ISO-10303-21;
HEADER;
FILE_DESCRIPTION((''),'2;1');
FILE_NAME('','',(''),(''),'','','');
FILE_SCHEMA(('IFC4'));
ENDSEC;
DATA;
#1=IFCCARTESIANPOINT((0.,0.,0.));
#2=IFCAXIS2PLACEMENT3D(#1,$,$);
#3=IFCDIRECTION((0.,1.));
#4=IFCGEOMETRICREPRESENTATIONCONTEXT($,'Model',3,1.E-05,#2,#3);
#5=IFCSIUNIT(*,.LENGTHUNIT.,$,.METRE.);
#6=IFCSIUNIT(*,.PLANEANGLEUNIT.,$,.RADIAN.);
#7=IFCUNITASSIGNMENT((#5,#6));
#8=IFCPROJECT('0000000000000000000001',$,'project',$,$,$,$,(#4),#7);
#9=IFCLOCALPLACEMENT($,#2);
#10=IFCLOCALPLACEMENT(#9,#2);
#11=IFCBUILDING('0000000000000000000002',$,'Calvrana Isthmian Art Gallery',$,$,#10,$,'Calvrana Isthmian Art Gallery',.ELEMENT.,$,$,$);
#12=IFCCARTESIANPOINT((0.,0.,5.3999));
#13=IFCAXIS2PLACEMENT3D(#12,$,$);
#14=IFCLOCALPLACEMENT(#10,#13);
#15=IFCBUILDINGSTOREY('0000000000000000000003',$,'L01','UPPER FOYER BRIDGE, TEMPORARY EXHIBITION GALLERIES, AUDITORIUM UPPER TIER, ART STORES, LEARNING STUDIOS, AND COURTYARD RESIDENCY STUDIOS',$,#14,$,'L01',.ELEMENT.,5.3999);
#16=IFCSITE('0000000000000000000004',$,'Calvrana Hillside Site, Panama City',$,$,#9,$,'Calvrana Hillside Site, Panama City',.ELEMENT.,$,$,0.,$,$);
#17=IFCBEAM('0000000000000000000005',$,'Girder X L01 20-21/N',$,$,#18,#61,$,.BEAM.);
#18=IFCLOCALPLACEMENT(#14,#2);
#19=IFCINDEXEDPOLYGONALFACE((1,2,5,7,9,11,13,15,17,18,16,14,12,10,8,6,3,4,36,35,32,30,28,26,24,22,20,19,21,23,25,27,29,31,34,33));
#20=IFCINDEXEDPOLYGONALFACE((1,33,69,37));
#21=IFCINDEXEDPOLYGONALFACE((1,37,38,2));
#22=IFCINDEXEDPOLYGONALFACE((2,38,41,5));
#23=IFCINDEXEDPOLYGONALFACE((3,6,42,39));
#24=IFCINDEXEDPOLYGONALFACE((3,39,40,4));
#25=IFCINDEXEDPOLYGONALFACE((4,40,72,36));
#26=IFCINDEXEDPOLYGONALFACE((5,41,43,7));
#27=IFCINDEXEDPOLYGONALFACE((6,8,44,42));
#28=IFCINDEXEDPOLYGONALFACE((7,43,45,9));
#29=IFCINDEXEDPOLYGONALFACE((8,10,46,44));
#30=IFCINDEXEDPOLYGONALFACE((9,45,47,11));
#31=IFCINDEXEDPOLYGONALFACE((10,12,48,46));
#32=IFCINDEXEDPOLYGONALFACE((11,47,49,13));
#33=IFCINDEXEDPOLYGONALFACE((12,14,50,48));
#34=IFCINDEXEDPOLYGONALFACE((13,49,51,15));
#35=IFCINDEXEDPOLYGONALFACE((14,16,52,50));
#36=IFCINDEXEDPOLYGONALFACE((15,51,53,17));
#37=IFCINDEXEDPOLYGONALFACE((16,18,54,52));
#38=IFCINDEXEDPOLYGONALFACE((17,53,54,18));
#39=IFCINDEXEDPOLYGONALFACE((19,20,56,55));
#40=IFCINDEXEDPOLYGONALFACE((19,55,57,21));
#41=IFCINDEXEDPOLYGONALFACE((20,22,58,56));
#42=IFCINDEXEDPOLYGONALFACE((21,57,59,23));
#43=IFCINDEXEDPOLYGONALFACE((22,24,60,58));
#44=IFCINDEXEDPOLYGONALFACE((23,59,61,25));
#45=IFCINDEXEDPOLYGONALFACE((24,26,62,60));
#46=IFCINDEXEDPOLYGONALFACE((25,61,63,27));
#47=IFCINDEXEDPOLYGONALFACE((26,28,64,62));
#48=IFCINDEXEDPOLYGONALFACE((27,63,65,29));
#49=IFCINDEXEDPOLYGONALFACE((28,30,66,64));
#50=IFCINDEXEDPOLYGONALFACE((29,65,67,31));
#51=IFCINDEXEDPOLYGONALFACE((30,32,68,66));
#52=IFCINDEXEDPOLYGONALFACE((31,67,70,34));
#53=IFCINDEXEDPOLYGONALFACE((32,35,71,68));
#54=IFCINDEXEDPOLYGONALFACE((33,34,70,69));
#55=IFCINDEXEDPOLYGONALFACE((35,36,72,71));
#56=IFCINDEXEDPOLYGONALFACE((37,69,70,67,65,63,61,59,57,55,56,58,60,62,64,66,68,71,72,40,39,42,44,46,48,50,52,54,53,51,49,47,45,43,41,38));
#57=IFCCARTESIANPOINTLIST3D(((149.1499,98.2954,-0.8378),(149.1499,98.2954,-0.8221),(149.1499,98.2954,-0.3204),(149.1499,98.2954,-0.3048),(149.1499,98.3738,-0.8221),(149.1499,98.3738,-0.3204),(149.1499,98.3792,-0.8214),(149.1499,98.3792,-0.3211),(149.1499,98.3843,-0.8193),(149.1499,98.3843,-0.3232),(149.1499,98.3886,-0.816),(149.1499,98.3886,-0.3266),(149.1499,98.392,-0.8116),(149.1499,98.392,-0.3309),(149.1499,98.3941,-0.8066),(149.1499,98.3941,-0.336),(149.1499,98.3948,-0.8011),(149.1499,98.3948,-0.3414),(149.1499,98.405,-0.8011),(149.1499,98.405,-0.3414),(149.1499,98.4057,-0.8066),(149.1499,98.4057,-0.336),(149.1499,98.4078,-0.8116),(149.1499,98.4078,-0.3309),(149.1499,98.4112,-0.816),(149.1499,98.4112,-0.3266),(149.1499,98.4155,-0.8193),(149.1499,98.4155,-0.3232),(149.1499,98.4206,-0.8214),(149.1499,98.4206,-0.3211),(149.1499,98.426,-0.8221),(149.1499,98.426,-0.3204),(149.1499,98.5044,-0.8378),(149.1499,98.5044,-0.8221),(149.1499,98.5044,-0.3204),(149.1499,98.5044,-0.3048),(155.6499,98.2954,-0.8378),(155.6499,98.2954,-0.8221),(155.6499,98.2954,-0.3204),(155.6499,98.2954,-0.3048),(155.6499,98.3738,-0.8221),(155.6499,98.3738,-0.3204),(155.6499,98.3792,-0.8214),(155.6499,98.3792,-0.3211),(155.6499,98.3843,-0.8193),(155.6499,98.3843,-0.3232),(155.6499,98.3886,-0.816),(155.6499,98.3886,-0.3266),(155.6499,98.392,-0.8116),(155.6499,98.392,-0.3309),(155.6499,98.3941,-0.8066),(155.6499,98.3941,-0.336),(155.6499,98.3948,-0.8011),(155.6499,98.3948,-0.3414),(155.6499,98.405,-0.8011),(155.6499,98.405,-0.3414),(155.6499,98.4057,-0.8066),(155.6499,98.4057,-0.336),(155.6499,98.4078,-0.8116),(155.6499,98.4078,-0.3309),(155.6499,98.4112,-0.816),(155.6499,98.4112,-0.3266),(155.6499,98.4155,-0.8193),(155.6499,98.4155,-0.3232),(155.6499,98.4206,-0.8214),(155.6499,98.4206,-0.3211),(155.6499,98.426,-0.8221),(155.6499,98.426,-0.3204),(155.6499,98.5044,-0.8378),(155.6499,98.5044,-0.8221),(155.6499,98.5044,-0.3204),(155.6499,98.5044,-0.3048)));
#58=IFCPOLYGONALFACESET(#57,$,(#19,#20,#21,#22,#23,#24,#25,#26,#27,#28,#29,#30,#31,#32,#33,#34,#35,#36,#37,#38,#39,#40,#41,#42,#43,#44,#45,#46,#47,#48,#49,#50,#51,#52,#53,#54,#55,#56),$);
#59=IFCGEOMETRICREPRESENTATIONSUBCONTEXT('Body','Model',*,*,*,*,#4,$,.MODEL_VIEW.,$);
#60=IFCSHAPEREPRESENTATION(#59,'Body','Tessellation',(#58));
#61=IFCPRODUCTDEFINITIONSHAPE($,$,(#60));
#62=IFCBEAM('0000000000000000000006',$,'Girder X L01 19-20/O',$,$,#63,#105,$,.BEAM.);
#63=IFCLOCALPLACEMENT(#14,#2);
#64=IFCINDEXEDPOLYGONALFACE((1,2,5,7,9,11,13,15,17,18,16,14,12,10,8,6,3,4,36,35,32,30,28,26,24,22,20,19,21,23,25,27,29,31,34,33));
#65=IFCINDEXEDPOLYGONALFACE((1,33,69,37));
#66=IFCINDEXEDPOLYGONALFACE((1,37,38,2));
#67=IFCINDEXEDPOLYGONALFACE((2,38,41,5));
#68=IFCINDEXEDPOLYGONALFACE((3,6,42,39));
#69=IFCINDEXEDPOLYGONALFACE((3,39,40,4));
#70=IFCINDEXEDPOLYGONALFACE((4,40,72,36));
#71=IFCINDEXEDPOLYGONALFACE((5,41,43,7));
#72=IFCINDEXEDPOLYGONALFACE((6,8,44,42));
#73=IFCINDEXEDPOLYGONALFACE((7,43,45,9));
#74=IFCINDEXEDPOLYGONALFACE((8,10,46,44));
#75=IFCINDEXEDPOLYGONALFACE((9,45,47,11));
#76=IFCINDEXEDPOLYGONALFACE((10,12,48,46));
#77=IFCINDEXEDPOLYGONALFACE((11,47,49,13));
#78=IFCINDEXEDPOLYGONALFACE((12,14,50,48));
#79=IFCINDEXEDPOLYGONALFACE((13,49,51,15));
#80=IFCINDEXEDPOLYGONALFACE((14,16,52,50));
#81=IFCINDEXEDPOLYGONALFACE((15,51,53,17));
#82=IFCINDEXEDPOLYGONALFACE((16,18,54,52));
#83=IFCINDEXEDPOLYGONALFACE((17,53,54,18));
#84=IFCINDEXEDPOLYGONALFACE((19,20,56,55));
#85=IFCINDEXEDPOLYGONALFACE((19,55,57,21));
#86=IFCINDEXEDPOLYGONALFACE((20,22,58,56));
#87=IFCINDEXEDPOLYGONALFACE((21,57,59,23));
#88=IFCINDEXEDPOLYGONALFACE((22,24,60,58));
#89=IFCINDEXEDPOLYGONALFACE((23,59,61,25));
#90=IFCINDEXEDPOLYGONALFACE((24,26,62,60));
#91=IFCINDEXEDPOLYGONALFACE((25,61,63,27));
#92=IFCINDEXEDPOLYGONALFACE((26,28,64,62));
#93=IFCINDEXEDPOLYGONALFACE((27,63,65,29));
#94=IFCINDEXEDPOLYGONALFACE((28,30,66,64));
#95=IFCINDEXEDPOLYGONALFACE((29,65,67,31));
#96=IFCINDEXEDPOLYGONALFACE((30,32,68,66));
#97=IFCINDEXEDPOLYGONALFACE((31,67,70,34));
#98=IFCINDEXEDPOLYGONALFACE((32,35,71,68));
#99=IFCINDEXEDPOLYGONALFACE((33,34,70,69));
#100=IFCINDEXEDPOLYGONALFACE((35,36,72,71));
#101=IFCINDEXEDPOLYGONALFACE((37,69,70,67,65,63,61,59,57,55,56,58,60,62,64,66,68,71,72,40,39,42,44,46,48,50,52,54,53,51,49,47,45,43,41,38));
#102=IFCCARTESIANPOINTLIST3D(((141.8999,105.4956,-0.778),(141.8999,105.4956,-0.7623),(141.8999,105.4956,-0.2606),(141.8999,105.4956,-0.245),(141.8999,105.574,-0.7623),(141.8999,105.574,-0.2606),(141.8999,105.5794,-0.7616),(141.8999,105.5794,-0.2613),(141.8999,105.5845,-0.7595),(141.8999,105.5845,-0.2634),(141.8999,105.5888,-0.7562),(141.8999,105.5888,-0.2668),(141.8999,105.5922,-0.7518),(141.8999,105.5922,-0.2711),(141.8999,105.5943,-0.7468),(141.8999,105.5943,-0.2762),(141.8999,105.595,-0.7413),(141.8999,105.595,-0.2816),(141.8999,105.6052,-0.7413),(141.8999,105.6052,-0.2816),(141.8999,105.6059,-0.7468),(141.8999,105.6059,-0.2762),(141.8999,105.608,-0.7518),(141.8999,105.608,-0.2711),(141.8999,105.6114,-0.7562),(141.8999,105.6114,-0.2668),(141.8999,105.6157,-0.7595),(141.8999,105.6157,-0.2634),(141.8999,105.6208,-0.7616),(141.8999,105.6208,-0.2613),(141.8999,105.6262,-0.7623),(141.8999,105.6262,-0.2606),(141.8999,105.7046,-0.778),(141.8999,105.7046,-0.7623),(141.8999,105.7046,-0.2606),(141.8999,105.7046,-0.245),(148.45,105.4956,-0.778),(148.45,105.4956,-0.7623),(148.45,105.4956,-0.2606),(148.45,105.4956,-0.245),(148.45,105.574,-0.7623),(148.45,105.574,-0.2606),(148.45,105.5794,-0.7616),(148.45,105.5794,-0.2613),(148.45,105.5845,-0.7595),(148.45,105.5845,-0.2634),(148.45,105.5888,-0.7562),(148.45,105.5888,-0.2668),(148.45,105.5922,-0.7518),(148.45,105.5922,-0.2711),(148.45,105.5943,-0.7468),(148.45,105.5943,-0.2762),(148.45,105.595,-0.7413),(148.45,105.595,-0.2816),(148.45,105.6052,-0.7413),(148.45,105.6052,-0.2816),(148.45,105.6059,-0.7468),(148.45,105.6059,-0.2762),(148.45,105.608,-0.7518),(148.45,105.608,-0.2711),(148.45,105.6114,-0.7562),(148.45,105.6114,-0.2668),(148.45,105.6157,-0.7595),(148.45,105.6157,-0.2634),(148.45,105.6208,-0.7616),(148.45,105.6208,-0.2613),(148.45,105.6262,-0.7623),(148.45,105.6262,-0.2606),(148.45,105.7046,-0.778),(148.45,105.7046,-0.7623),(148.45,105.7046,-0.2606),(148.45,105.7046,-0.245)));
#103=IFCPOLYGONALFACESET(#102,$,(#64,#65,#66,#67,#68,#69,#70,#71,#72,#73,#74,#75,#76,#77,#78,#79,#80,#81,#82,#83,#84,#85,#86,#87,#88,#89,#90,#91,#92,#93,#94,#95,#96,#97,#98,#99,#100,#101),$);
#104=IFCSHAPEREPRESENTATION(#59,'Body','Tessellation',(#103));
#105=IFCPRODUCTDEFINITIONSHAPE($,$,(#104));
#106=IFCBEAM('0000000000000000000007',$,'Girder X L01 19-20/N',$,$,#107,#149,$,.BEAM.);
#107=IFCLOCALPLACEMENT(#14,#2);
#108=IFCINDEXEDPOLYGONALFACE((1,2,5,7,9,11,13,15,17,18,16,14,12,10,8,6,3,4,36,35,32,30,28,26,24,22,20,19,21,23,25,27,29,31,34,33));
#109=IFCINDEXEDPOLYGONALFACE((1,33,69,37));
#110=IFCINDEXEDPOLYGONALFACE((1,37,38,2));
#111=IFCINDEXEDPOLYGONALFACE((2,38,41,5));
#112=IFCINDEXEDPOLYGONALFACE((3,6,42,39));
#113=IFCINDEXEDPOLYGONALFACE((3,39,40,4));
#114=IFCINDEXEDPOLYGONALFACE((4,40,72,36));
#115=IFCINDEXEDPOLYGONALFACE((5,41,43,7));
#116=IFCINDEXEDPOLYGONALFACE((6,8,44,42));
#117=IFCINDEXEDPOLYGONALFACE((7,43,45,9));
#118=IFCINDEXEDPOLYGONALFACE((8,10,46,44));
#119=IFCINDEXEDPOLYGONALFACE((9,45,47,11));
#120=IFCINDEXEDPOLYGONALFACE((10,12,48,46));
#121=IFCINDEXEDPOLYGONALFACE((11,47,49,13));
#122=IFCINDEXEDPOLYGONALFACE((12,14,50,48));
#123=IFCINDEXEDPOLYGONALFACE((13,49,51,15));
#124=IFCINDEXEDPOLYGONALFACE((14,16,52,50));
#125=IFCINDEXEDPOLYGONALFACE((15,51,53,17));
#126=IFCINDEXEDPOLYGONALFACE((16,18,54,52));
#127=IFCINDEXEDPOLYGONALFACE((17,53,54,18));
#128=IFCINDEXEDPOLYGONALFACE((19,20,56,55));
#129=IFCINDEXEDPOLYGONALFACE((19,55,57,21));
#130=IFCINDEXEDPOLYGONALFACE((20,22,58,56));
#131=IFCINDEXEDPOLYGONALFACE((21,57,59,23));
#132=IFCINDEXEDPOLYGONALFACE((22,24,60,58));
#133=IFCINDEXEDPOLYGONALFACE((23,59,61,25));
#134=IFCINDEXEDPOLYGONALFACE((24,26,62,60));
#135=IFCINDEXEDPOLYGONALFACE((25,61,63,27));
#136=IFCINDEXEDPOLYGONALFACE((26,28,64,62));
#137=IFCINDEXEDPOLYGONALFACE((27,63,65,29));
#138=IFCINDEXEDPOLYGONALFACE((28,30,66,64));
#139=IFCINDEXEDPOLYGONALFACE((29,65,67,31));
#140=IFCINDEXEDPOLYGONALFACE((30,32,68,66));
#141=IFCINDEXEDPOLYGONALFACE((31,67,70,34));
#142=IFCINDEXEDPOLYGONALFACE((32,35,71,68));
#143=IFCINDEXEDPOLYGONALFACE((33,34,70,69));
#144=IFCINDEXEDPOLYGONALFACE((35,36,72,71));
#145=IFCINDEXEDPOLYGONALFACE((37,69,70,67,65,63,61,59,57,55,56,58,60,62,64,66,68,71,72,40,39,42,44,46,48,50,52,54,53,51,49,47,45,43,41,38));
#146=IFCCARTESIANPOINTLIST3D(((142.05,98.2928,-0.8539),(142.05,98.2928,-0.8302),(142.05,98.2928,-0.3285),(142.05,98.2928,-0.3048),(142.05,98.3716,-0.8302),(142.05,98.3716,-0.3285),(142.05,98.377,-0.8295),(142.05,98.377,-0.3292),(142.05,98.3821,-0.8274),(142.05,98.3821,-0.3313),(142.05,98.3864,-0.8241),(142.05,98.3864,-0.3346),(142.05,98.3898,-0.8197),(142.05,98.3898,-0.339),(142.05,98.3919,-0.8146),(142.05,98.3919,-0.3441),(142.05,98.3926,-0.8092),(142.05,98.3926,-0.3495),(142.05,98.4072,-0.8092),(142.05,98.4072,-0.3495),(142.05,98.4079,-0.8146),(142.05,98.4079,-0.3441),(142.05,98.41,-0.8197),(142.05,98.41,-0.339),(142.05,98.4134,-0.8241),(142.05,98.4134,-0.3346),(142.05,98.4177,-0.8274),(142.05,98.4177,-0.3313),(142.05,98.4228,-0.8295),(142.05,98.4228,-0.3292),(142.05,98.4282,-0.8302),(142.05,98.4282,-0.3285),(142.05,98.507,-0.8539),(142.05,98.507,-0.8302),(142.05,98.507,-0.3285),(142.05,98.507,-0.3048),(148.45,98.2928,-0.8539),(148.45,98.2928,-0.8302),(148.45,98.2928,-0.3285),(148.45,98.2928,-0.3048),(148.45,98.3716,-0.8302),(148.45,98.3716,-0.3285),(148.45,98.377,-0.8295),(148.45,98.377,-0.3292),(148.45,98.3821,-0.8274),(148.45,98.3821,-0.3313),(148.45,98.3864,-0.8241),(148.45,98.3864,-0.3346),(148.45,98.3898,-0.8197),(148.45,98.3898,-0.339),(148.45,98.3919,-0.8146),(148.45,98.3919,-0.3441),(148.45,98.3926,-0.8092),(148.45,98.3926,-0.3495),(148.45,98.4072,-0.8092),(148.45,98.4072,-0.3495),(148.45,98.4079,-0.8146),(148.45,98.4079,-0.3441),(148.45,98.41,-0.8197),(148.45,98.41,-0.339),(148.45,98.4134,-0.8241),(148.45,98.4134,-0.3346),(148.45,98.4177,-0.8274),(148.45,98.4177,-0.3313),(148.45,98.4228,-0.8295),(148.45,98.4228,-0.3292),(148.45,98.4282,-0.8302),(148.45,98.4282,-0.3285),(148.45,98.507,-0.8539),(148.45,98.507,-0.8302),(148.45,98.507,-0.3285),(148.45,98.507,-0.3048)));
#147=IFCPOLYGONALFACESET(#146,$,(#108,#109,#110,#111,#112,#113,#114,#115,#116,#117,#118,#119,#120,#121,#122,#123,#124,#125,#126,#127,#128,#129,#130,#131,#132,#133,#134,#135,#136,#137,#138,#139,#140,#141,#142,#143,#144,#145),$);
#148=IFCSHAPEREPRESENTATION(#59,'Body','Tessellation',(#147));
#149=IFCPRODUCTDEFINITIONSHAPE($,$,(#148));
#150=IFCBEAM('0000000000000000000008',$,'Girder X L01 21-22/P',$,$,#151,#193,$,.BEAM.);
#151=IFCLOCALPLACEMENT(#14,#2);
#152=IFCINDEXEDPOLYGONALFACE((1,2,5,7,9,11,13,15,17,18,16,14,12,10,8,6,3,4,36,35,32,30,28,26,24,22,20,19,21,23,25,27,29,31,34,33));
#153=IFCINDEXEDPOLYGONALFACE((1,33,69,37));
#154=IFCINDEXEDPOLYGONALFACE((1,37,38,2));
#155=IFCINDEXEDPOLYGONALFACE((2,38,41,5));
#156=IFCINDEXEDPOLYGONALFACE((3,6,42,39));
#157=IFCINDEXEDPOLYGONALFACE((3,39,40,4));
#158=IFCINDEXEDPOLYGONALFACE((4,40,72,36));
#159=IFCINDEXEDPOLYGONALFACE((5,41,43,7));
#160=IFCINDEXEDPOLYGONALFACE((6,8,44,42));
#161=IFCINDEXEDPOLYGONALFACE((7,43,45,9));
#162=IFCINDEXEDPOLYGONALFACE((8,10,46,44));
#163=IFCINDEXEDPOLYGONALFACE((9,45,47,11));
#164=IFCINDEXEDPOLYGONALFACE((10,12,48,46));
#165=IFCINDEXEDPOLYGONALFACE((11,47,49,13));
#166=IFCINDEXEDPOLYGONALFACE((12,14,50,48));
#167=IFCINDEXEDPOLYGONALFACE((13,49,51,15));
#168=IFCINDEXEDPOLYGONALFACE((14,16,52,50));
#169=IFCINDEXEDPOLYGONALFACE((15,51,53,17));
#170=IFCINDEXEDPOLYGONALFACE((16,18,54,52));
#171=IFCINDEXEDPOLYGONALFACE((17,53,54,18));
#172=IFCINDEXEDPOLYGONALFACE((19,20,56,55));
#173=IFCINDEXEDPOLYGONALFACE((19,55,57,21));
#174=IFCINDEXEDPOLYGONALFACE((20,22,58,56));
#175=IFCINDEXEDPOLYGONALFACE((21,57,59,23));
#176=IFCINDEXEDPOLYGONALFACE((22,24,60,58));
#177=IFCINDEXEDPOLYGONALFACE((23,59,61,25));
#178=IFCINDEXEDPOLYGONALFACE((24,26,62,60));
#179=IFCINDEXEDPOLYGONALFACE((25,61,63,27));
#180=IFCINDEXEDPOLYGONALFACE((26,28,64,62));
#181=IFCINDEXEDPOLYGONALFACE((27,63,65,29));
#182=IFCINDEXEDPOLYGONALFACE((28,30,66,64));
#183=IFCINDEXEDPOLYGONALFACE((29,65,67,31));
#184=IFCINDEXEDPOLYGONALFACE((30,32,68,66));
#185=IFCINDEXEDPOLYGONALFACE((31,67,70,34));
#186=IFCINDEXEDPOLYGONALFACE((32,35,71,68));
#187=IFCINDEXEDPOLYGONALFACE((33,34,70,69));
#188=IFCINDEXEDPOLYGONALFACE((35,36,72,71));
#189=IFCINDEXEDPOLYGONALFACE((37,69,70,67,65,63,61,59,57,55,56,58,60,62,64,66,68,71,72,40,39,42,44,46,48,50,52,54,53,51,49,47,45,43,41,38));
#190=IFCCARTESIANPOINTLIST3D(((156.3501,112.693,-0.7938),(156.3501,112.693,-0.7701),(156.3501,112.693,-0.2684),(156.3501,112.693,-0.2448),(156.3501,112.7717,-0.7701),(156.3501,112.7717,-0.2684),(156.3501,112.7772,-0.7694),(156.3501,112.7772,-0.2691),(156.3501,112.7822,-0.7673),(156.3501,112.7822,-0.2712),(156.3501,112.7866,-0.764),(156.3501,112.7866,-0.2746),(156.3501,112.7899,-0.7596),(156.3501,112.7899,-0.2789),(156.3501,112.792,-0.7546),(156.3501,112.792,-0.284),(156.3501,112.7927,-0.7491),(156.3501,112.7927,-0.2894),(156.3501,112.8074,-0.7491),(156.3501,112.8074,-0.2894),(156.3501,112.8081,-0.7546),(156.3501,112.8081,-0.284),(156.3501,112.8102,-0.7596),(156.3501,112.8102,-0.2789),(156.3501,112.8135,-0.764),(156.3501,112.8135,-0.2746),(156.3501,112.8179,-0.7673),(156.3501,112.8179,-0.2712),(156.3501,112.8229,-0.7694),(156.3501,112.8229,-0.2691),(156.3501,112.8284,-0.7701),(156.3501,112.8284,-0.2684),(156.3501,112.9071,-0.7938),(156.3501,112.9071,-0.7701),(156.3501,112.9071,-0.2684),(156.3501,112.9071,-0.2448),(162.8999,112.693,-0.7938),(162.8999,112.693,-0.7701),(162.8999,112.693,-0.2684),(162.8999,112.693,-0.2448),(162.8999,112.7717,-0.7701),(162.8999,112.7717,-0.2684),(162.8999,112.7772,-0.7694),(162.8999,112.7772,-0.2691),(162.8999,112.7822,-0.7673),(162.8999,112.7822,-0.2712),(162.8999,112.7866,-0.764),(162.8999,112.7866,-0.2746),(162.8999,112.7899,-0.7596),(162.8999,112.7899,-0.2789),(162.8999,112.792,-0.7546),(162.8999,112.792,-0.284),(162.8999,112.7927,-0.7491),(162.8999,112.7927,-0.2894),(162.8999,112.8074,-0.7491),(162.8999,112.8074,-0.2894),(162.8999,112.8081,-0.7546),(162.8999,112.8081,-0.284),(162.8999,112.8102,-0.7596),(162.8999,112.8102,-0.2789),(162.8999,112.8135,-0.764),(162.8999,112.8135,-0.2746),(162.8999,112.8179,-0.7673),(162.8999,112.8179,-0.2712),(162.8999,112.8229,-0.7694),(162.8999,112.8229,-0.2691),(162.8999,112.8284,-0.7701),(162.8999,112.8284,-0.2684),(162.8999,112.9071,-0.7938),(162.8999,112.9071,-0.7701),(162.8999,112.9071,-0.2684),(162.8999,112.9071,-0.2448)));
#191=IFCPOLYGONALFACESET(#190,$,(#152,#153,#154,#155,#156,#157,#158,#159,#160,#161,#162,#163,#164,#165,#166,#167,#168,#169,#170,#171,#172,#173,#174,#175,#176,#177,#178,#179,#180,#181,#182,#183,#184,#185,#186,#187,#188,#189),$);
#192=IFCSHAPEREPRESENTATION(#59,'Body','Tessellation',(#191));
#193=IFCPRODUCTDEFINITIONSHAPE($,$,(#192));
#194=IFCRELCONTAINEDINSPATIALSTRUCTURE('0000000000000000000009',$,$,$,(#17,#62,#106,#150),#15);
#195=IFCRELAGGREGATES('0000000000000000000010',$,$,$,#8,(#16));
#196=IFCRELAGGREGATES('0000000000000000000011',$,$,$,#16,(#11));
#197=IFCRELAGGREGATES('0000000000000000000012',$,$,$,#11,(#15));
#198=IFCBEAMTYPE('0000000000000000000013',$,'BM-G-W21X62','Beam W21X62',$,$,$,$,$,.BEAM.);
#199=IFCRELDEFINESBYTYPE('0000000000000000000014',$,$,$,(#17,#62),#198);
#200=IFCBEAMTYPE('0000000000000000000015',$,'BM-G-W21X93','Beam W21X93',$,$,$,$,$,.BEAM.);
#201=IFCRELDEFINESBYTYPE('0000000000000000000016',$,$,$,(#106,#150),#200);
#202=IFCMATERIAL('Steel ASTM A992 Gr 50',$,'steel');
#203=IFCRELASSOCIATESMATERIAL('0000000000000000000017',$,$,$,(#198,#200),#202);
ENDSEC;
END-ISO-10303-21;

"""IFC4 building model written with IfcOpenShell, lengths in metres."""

from ifc_helpers import new_model, si_unit, direction, frame, origin, origin_2d, place, context, subcontext, project, spatial, i_section, extrude, material, material_profile, profile_set, type_object, element, save


model = new_model("IFC4")

# Units and contexts
model_context = context("Model", 3, precision=1e-05, world=origin(), true_north=direction((0.0, 1.0)))
body_context = subcontext(model_context, "Body", "Model", "MODEL_VIEW")
ifc_project = project(units=[si_unit("LENGTHUNIT", "METRE"), si_unit("PLANEANGLEUNIT", "RADIAN")], contexts=[model_context])

# Site, building, storey
site_placement = place(None, origin())
site = spatial("IfcSite", under=ifc_project, at=site_placement, Name="Calvrana Hillside Site, Panama City", LongName="Calvrana Hillside Site, Panama City", CompositionType="ELEMENT", RefElevation=0.0)
building_placement = place(site_placement, origin())
building = spatial("IfcBuilding", under=site, at=building_placement, Name="Calvrana Isthmian Art Gallery", LongName="Calvrana Isthmian Art Gallery", CompositionType="ELEMENT")
storey_placement = place(building_placement, frame((0.0, 0.0, 5.3999)))
storey = spatial("IfcBuildingStorey", under=building, at=storey_placement, Name="L01", Description="UPPER FOYER BRIDGE, TEMPORARY EXHIBITION GALLERIES, AUDITORIUM UPPER TIER, ART STORES, LEARNING STUDIOS, AND COURTYARD RESIDENCY STUDIOS", LongName="L01", CompositionType="ELEMENT", Elevation=5.3999)

# Beams
ifc_material_1 = material(Name="Steel ASTM A992 Gr 50", Category="steel")
ifc_material_profile_1 = material_profile(ifc_material_1, i_section(OverallWidth=0.209, OverallDepth=0.533, WebThickness=0.0103, FlangeThickness=0.0156, FilletRadius=0.021, at=origin_2d()), Name="W21X62")
ifc_profile_set_1 = profile_set([ifc_material_profile_1], Name="Steel ASTM A992 Gr 50")
beam_type_1 = type_object("IfcBeamType", Name="BM-G-W21X62", Description="Beam W21X62", PredefinedType="BEAM", material=ifc_profile_set_1)
beam_1_placement = place(storey_placement, frame((149.1499, 98.3999, -0.5713), z_axis=(1.0, 0.0, 0.0), x_axis=(0.0, 1.0, 0.0)))
element("IfcBeam", 1, at=beam_1_placement, inside=storey, type_object=beam_type_1, Name="Girder X L01 20-21/N", PredefinedType="BEAM", context=body_context, shape_type="SweptSolid", body=[
    extrude(i_section(OverallWidth=0.209, OverallDepth=0.533, WebThickness=0.0103, FlangeThickness=0.0156, FilletRadius=0.021, at=origin_2d()), origin(), (0.0, 0.0, 1.0), 6.5),
])
beam_2_placement = place(storey_placement, frame((141.8999, 105.6001, -0.5115), z_axis=(1.0, 0.0, 0.0), x_axis=(0.0, 1.0, 0.0)))
element("IfcBeam", 2, at=beam_2_placement, inside=storey, type_object=beam_type_1, Name="Girder X L01 19-20/O", PredefinedType="BEAM", context=body_context, shape_type="SweptSolid", body=[
    extrude(i_section(OverallWidth=0.209, OverallDepth=0.533, WebThickness=0.0103, FlangeThickness=0.0156, FilletRadius=0.021, at=origin_2d()), origin(), (0.0, 0.0, 1.0), 6.55),
])
ifc_material_profile_2 = material_profile(ifc_material_1, i_section(OverallWidth=0.2141, OverallDepth=0.5491, WebThickness=0.0146, FlangeThickness=0.0237, FilletRadius=0.021, at=origin_2d()), Name="W21X93")
ifc_profile_set_2 = profile_set([ifc_material_profile_2], Name="Steel ASTM A992 Gr 50")
beam_type_2 = type_object("IfcBeamType", Name="BM-G-W21X93", Description="Beam W21X93", PredefinedType="BEAM", material=ifc_profile_set_2)
beam_3_placement = place(storey_placement, frame((142.05, 98.3999, -0.5793), z_axis=(1.0, 0.0, 0.0), x_axis=(0.0, 1.0, 0.0)))
element("IfcBeam", 3, at=beam_3_placement, inside=storey, type_object=beam_type_2, Name="Girder X L01 19-20/N", PredefinedType="BEAM", context=body_context, shape_type="SweptSolid", body=[
    extrude(i_section(OverallWidth=0.2141, OverallDepth=0.5491, WebThickness=0.0146, FlangeThickness=0.0237, FilletRadius=0.021, at=origin_2d()), origin(), (0.0, 0.0, 1.0), 6.3999),
])
beam_4_placement = place(storey_placement, frame((156.3501, 112.8, -0.5193), z_axis=(1.0, 0.0, 0.0), x_axis=(0.0, 1.0, 0.0)))
element("IfcBeam", 4, at=beam_4_placement, inside=storey, type_object=beam_type_2, Name="Girder X L01 21-22/P", PredefinedType="BEAM", context=body_context, shape_type="SweptSolid", body=[
    extrude(i_section(OverallWidth=0.2141, OverallDepth=0.5491, WebThickness=0.0146, FlangeThickness=0.0237, FilletRadius=0.021, at=origin_2d()), origin(), (0.0, 0.0, 1.0), 6.5498),
])

save(model, "model.ifc")
